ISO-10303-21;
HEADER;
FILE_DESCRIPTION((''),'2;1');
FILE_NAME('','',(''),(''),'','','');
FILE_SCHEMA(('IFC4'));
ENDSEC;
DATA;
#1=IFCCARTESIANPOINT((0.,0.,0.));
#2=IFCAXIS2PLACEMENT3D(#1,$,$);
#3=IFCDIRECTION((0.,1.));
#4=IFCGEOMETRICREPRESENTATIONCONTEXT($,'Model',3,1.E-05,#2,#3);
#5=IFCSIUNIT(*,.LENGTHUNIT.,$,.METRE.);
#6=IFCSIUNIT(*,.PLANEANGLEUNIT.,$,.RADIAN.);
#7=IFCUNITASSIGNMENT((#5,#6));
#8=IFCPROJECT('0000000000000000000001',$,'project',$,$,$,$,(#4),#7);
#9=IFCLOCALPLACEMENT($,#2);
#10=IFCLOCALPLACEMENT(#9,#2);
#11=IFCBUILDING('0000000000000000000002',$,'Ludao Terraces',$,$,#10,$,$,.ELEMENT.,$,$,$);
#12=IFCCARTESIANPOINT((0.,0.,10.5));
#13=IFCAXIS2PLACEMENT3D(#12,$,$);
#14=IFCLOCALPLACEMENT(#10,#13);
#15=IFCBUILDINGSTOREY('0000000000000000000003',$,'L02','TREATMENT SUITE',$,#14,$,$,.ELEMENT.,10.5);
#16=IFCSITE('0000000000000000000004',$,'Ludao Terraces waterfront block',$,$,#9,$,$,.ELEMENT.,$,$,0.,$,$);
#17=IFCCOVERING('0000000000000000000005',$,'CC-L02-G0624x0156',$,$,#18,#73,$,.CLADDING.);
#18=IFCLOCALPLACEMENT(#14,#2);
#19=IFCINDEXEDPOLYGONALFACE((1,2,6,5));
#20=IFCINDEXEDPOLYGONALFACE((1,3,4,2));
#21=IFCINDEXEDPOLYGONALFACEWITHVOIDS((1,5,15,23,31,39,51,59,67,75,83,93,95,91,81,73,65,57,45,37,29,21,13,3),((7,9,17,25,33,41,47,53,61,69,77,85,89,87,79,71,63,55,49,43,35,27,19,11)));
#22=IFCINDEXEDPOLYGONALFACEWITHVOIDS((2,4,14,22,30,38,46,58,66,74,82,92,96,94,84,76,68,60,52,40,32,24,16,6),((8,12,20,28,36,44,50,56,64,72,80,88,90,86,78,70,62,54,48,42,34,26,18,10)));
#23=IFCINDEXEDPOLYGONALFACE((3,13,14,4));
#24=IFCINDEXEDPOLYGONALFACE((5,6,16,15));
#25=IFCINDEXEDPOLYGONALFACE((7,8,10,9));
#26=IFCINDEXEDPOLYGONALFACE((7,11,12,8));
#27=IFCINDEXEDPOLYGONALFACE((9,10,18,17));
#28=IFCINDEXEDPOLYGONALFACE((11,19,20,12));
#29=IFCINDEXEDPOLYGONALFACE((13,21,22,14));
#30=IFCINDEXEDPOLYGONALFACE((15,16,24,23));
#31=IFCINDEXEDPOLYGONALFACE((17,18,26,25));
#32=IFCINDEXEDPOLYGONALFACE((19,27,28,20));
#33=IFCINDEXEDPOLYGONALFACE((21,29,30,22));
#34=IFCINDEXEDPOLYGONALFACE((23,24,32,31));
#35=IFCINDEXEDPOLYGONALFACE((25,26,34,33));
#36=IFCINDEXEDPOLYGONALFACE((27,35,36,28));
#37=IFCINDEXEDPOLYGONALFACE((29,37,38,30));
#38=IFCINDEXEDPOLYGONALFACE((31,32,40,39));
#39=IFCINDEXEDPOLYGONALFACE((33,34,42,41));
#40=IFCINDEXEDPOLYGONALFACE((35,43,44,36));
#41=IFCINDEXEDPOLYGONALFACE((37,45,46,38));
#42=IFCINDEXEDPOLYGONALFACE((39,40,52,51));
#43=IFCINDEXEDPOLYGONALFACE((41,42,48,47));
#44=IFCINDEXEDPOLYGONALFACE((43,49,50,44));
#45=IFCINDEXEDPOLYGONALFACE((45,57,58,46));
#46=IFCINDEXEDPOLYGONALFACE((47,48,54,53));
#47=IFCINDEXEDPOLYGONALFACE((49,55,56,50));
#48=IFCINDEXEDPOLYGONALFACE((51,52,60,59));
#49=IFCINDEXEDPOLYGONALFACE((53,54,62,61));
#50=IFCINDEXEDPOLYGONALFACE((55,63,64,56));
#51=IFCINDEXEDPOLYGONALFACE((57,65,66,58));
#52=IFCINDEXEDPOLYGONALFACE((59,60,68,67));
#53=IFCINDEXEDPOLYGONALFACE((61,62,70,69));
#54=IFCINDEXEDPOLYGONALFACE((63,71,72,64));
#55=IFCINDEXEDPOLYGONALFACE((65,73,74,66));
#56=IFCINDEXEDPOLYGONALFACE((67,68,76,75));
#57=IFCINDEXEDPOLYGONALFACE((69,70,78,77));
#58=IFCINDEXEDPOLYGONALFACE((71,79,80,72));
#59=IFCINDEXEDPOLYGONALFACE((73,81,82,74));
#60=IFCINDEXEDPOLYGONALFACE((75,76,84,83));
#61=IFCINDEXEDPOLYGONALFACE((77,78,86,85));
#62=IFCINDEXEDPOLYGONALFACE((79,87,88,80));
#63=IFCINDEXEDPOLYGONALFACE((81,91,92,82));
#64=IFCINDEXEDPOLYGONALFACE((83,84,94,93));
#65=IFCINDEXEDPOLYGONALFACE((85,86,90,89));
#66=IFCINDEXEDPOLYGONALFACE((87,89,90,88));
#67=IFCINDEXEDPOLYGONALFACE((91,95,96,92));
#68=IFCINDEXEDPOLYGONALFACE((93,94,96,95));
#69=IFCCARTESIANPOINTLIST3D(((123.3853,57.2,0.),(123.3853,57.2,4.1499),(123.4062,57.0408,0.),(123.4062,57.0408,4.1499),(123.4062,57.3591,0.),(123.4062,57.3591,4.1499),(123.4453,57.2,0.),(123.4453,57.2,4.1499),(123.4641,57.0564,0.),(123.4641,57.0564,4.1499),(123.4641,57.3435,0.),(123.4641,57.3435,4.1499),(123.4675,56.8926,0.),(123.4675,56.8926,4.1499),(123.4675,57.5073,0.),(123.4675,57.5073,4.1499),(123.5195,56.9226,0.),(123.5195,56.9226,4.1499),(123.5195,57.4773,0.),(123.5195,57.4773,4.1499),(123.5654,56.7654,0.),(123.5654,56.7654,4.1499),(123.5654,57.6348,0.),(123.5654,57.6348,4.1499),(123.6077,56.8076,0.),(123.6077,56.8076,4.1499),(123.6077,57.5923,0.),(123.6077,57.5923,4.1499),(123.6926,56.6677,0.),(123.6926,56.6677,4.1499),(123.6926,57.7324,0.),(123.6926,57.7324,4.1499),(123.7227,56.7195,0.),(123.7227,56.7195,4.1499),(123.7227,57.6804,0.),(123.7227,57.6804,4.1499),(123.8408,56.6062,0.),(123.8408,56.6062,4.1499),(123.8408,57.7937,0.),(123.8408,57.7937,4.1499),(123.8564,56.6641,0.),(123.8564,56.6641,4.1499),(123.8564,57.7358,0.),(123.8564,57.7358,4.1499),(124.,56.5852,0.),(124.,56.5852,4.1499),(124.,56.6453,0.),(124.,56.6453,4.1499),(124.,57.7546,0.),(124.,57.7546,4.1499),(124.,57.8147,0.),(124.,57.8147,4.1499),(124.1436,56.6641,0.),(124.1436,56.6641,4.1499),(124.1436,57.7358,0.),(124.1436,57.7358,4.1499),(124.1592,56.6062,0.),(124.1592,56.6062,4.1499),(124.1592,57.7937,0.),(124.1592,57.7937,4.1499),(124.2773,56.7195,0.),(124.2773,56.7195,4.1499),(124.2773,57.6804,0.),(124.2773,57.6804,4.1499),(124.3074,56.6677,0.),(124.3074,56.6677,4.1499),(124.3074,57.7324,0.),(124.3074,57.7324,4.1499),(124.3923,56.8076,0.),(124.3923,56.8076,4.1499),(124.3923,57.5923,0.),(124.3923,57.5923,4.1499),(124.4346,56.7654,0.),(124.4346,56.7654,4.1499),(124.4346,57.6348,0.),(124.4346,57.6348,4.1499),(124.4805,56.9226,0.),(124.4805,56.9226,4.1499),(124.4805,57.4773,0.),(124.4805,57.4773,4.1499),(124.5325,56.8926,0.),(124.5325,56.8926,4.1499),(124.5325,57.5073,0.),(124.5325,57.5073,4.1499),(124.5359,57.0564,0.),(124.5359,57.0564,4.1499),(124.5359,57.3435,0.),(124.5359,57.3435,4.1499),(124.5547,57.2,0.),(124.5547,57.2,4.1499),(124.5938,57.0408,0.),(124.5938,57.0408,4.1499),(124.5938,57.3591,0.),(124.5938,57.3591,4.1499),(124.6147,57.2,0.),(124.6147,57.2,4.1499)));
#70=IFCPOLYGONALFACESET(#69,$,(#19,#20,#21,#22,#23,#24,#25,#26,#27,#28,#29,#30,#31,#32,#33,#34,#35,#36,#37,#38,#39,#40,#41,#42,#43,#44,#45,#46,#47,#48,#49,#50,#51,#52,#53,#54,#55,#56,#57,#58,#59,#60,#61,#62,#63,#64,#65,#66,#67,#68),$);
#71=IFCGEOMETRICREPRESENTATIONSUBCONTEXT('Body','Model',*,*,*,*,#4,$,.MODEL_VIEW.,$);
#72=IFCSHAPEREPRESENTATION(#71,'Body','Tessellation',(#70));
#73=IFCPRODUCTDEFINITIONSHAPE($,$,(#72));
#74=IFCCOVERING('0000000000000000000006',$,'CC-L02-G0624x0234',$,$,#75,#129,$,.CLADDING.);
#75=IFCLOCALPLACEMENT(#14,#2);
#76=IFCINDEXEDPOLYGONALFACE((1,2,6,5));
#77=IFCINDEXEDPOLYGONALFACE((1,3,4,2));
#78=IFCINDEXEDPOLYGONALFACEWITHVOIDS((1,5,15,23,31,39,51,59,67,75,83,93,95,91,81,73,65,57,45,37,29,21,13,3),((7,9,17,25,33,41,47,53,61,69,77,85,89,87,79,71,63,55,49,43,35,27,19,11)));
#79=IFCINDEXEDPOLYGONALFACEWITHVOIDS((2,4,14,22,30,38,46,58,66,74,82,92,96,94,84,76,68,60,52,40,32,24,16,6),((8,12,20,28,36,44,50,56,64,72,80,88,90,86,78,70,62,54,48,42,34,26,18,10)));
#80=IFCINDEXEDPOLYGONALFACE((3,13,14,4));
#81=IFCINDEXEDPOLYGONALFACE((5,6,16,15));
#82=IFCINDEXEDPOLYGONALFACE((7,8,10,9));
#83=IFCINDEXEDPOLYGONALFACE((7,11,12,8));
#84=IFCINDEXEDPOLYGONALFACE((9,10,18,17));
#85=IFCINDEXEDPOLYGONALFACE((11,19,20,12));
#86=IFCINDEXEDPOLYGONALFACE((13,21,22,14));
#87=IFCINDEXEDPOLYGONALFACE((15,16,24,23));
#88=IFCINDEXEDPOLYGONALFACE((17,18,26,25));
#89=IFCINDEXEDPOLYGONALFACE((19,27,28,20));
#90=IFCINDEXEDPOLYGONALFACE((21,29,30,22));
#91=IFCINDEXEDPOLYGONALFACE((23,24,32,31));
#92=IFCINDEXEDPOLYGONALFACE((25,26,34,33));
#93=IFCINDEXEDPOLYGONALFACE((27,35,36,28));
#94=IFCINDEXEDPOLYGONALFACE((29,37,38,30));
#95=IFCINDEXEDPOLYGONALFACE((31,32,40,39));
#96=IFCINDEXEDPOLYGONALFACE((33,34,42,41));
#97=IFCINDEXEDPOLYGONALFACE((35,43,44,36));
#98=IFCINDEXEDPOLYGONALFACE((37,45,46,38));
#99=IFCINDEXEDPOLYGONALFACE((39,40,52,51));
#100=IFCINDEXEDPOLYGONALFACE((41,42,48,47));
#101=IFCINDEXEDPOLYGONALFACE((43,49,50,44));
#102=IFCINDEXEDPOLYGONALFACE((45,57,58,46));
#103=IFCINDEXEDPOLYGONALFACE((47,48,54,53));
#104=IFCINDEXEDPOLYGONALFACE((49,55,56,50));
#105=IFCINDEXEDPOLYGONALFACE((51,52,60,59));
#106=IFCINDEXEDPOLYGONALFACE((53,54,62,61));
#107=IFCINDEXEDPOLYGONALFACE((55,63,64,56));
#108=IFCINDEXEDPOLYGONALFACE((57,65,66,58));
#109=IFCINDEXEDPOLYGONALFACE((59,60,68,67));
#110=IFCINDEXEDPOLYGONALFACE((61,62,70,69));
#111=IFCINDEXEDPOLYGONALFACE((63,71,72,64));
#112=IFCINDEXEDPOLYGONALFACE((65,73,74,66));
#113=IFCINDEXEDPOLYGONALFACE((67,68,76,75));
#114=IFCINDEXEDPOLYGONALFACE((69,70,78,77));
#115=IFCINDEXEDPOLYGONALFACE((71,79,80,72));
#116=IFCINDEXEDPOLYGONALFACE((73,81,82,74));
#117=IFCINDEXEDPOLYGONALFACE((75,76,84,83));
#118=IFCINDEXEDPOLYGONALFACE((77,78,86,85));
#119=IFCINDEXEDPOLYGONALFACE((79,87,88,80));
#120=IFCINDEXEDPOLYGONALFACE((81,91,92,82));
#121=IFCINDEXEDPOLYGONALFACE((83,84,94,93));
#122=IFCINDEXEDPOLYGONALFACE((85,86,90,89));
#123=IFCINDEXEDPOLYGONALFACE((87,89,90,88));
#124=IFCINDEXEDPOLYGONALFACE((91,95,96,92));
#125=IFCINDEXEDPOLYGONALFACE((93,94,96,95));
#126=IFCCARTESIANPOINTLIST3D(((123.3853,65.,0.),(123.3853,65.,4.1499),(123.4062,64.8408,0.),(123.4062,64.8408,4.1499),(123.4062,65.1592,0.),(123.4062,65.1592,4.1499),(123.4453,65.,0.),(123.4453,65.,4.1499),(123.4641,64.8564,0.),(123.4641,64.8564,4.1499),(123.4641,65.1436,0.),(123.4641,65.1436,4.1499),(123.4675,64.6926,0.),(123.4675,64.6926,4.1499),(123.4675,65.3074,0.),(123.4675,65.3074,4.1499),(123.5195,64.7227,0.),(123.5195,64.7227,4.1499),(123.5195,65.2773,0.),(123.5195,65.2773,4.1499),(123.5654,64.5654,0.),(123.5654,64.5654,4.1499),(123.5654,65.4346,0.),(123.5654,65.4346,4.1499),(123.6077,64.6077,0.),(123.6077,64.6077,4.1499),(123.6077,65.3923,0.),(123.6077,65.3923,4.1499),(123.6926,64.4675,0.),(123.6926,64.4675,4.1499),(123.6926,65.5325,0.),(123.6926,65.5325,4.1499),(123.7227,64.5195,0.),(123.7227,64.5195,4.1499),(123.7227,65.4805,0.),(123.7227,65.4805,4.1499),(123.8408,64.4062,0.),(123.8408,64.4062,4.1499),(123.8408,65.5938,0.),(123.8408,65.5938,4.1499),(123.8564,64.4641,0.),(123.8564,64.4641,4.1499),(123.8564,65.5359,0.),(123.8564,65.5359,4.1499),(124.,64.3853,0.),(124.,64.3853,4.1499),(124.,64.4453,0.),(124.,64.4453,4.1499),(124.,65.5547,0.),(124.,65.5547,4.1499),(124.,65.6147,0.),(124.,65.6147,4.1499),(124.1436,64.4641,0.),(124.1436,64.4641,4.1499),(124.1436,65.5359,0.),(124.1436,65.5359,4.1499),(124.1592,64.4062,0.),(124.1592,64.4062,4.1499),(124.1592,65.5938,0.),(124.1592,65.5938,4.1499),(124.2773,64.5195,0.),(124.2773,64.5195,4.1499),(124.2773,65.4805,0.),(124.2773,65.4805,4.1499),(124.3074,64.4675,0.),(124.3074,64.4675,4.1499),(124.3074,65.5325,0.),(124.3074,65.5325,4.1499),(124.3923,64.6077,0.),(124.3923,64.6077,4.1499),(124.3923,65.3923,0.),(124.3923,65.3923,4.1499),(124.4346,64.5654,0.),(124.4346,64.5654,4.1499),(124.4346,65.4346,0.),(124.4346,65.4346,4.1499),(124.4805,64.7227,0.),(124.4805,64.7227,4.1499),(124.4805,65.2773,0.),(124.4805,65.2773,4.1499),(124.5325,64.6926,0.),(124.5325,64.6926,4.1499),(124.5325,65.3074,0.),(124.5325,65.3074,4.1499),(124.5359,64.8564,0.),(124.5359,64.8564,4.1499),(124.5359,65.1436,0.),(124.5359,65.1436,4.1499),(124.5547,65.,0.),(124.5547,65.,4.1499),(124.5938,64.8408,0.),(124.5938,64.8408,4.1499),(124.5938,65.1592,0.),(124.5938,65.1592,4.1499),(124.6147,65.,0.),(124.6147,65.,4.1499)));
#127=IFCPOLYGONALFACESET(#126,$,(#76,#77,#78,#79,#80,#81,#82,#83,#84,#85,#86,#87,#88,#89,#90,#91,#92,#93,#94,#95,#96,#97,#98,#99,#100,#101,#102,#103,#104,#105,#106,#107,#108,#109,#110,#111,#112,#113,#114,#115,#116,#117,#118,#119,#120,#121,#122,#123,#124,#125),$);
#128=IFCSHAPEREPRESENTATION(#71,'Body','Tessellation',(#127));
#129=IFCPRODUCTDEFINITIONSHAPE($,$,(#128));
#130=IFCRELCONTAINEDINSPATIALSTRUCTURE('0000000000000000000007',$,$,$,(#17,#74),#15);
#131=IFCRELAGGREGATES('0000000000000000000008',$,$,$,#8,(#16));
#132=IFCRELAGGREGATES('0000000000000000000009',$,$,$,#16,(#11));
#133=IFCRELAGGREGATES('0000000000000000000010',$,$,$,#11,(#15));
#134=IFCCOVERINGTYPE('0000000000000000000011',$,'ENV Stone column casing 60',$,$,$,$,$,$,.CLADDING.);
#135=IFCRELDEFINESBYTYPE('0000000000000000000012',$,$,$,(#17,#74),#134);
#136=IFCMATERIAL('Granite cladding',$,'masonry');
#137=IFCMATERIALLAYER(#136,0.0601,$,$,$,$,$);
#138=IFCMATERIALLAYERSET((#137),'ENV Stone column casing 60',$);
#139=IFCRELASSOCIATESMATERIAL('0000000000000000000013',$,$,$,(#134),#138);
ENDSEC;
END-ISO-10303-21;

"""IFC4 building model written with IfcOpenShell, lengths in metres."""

from ifc_helpers import new_model, si_unit, direction, frame, origin, place, context, subcontext, project, spatial, polyline, outline, extrude, material, layer, layer_set, type_object, element, save


model = new_model("IFC4")

# Units and contexts
model_context = context("Model", 3, precision=1e-05, world=origin(), true_north=direction((0.0, 1.0)))
body_context = subcontext(model_context, "Body", "Model", "MODEL_VIEW")
ifc_project = project(units=[si_unit("LENGTHUNIT", "METRE"), si_unit("PLANEANGLEUNIT", "RADIAN")], contexts=[model_context])

# Site, building, storey
site_placement = place(None, origin())
site = spatial("IfcSite", under=ifc_project, at=site_placement, Name="Ludao Terraces waterfront block", CompositionType="ELEMENT", RefElevation=0.0)
building_placement = place(site_placement, origin())
building = spatial("IfcBuilding", under=site, at=building_placement, Name="Ludao Terraces", CompositionType="ELEMENT")
storey_placement = place(building_placement, frame((0.0, 0.0, 10.5)))
storey = spatial("IfcBuildingStorey", under=building, at=storey_placement, Name="L02", Description="TREATMENT SUITE", CompositionType="ELEMENT", Elevation=10.5)

# Coverings
ifc_material_1 = material(Name="Granite cladding", Category="masonry")
ifc_layer_1 = layer(ifc_material_1, 0.0601)
ifc_layer_set_1 = layer_set([ifc_layer_1], Name="ENV Stone column casing 60")
covering_type = type_object("IfcCoveringType", Name="ENV Stone column casing 60", PredefinedType="CLADDING", material=ifc_layer_set_1)
covering_1_placement = place(storey_placement, origin())
element("IfcCovering", 1, at=covering_1_placement, inside=storey, type_object=covering_type, Name="CC-L02-G0624x0156", PredefinedType="CLADDING", context=body_context, shape_type="SweptSolid", body=[
    extrude(outline(polyline([(124.6147, 57.2), (124.5938, 57.3591), (124.5325, 57.5073), (124.4346, 57.6348), (124.3074, 57.7324), (124.1592, 57.7937), (124.0, 57.8147), (123.8408, 57.7937), (123.6926, 57.7324), (123.5654, 57.6348), (123.4675, 57.5073), (123.4062, 57.3591), (123.3853, 57.2), (123.4062, 57.0408), (123.4675, 56.8926), (123.5654, 56.7654), (123.6926, 56.6677), (123.8408, 56.6062), (124.0, 56.5852), (124.1592, 56.6062), (124.3074, 56.6677), (124.4346, 56.7654), (124.5325, 56.8926), (124.5938, 57.0408), (124.6147, 57.2)]), holes=[polyline([(124.5359, 57.0564), (124.4805, 56.9226), (124.3923, 56.8076), (124.2773, 56.7195), (124.1436, 56.6641), (124.0, 56.6453), (123.8564, 56.6641), (123.7227, 56.7195), (123.6077, 56.8076), (123.5195, 56.9226), (123.4641, 57.0564), (123.4453, 57.2), (123.4641, 57.3435), (123.5195, 57.4773), (123.6077, 57.5923), (123.7227, 57.6804), (123.8564, 57.7358), (124.0, 57.7546), (124.1436, 57.7358), (124.2773, 57.6804), (124.3923, 57.5923), (124.4805, 57.4773), (124.5359, 57.3435), (124.5547, 57.2), (124.5359, 57.0564)])]), origin(), (0.0, 0.0, 1.0), 4.1499),
])
covering_2_placement = place(storey_placement, origin())
element("IfcCovering", 2, at=covering_2_placement, inside=storey, type_object=covering_type, Name="CC-L02-G0624x0234", PredefinedType="CLADDING", context=body_context, shape_type="SweptSolid", body=[
    extrude(outline(polyline([(124.6147, 65.0), (124.5938, 65.1592), (124.5325, 65.3074), (124.4346, 65.4346), (124.3074, 65.5325), (124.1592, 65.5938), (124.0, 65.6147), (123.8408, 65.5938), (123.6926, 65.5325), (123.5654, 65.4346), (123.4675, 65.3074), (123.4062, 65.1592), (123.3853, 65.0), (123.4062, 64.8408), (123.4675, 64.6926), (123.5654, 64.5654), (123.6926, 64.4675), (123.8408, 64.4062), (124.0, 64.3853), (124.1592, 64.4062), (124.3074, 64.4675), (124.4346, 64.5654), (124.5325, 64.6926), (124.5938, 64.8408), (124.6147, 65.0)]), holes=[polyline([(124.5359, 64.8564), (124.4805, 64.7227), (124.3923, 64.6077), (124.2773, 64.5195), (124.1436, 64.4641), (124.0, 64.4453), (123.8564, 64.4641), (123.7227, 64.5195), (123.6077, 64.6077), (123.5195, 64.7227), (123.4641, 64.8564), (123.4453, 65.0), (123.4641, 65.1436), (123.5195, 65.2773), (123.6077, 65.3923), (123.7227, 65.4805), (123.8564, 65.5359), (124.0, 65.5547), (124.1436, 65.5359), (124.2773, 65.4805), (124.3923, 65.3923), (124.4805, 65.2773), (124.5359, 65.1436), (124.5547, 65.0), (124.5359, 64.8564)])]), origin(), (0.0, 0.0, 1.0), 4.1499),
])

save(model, "model.ifc")
